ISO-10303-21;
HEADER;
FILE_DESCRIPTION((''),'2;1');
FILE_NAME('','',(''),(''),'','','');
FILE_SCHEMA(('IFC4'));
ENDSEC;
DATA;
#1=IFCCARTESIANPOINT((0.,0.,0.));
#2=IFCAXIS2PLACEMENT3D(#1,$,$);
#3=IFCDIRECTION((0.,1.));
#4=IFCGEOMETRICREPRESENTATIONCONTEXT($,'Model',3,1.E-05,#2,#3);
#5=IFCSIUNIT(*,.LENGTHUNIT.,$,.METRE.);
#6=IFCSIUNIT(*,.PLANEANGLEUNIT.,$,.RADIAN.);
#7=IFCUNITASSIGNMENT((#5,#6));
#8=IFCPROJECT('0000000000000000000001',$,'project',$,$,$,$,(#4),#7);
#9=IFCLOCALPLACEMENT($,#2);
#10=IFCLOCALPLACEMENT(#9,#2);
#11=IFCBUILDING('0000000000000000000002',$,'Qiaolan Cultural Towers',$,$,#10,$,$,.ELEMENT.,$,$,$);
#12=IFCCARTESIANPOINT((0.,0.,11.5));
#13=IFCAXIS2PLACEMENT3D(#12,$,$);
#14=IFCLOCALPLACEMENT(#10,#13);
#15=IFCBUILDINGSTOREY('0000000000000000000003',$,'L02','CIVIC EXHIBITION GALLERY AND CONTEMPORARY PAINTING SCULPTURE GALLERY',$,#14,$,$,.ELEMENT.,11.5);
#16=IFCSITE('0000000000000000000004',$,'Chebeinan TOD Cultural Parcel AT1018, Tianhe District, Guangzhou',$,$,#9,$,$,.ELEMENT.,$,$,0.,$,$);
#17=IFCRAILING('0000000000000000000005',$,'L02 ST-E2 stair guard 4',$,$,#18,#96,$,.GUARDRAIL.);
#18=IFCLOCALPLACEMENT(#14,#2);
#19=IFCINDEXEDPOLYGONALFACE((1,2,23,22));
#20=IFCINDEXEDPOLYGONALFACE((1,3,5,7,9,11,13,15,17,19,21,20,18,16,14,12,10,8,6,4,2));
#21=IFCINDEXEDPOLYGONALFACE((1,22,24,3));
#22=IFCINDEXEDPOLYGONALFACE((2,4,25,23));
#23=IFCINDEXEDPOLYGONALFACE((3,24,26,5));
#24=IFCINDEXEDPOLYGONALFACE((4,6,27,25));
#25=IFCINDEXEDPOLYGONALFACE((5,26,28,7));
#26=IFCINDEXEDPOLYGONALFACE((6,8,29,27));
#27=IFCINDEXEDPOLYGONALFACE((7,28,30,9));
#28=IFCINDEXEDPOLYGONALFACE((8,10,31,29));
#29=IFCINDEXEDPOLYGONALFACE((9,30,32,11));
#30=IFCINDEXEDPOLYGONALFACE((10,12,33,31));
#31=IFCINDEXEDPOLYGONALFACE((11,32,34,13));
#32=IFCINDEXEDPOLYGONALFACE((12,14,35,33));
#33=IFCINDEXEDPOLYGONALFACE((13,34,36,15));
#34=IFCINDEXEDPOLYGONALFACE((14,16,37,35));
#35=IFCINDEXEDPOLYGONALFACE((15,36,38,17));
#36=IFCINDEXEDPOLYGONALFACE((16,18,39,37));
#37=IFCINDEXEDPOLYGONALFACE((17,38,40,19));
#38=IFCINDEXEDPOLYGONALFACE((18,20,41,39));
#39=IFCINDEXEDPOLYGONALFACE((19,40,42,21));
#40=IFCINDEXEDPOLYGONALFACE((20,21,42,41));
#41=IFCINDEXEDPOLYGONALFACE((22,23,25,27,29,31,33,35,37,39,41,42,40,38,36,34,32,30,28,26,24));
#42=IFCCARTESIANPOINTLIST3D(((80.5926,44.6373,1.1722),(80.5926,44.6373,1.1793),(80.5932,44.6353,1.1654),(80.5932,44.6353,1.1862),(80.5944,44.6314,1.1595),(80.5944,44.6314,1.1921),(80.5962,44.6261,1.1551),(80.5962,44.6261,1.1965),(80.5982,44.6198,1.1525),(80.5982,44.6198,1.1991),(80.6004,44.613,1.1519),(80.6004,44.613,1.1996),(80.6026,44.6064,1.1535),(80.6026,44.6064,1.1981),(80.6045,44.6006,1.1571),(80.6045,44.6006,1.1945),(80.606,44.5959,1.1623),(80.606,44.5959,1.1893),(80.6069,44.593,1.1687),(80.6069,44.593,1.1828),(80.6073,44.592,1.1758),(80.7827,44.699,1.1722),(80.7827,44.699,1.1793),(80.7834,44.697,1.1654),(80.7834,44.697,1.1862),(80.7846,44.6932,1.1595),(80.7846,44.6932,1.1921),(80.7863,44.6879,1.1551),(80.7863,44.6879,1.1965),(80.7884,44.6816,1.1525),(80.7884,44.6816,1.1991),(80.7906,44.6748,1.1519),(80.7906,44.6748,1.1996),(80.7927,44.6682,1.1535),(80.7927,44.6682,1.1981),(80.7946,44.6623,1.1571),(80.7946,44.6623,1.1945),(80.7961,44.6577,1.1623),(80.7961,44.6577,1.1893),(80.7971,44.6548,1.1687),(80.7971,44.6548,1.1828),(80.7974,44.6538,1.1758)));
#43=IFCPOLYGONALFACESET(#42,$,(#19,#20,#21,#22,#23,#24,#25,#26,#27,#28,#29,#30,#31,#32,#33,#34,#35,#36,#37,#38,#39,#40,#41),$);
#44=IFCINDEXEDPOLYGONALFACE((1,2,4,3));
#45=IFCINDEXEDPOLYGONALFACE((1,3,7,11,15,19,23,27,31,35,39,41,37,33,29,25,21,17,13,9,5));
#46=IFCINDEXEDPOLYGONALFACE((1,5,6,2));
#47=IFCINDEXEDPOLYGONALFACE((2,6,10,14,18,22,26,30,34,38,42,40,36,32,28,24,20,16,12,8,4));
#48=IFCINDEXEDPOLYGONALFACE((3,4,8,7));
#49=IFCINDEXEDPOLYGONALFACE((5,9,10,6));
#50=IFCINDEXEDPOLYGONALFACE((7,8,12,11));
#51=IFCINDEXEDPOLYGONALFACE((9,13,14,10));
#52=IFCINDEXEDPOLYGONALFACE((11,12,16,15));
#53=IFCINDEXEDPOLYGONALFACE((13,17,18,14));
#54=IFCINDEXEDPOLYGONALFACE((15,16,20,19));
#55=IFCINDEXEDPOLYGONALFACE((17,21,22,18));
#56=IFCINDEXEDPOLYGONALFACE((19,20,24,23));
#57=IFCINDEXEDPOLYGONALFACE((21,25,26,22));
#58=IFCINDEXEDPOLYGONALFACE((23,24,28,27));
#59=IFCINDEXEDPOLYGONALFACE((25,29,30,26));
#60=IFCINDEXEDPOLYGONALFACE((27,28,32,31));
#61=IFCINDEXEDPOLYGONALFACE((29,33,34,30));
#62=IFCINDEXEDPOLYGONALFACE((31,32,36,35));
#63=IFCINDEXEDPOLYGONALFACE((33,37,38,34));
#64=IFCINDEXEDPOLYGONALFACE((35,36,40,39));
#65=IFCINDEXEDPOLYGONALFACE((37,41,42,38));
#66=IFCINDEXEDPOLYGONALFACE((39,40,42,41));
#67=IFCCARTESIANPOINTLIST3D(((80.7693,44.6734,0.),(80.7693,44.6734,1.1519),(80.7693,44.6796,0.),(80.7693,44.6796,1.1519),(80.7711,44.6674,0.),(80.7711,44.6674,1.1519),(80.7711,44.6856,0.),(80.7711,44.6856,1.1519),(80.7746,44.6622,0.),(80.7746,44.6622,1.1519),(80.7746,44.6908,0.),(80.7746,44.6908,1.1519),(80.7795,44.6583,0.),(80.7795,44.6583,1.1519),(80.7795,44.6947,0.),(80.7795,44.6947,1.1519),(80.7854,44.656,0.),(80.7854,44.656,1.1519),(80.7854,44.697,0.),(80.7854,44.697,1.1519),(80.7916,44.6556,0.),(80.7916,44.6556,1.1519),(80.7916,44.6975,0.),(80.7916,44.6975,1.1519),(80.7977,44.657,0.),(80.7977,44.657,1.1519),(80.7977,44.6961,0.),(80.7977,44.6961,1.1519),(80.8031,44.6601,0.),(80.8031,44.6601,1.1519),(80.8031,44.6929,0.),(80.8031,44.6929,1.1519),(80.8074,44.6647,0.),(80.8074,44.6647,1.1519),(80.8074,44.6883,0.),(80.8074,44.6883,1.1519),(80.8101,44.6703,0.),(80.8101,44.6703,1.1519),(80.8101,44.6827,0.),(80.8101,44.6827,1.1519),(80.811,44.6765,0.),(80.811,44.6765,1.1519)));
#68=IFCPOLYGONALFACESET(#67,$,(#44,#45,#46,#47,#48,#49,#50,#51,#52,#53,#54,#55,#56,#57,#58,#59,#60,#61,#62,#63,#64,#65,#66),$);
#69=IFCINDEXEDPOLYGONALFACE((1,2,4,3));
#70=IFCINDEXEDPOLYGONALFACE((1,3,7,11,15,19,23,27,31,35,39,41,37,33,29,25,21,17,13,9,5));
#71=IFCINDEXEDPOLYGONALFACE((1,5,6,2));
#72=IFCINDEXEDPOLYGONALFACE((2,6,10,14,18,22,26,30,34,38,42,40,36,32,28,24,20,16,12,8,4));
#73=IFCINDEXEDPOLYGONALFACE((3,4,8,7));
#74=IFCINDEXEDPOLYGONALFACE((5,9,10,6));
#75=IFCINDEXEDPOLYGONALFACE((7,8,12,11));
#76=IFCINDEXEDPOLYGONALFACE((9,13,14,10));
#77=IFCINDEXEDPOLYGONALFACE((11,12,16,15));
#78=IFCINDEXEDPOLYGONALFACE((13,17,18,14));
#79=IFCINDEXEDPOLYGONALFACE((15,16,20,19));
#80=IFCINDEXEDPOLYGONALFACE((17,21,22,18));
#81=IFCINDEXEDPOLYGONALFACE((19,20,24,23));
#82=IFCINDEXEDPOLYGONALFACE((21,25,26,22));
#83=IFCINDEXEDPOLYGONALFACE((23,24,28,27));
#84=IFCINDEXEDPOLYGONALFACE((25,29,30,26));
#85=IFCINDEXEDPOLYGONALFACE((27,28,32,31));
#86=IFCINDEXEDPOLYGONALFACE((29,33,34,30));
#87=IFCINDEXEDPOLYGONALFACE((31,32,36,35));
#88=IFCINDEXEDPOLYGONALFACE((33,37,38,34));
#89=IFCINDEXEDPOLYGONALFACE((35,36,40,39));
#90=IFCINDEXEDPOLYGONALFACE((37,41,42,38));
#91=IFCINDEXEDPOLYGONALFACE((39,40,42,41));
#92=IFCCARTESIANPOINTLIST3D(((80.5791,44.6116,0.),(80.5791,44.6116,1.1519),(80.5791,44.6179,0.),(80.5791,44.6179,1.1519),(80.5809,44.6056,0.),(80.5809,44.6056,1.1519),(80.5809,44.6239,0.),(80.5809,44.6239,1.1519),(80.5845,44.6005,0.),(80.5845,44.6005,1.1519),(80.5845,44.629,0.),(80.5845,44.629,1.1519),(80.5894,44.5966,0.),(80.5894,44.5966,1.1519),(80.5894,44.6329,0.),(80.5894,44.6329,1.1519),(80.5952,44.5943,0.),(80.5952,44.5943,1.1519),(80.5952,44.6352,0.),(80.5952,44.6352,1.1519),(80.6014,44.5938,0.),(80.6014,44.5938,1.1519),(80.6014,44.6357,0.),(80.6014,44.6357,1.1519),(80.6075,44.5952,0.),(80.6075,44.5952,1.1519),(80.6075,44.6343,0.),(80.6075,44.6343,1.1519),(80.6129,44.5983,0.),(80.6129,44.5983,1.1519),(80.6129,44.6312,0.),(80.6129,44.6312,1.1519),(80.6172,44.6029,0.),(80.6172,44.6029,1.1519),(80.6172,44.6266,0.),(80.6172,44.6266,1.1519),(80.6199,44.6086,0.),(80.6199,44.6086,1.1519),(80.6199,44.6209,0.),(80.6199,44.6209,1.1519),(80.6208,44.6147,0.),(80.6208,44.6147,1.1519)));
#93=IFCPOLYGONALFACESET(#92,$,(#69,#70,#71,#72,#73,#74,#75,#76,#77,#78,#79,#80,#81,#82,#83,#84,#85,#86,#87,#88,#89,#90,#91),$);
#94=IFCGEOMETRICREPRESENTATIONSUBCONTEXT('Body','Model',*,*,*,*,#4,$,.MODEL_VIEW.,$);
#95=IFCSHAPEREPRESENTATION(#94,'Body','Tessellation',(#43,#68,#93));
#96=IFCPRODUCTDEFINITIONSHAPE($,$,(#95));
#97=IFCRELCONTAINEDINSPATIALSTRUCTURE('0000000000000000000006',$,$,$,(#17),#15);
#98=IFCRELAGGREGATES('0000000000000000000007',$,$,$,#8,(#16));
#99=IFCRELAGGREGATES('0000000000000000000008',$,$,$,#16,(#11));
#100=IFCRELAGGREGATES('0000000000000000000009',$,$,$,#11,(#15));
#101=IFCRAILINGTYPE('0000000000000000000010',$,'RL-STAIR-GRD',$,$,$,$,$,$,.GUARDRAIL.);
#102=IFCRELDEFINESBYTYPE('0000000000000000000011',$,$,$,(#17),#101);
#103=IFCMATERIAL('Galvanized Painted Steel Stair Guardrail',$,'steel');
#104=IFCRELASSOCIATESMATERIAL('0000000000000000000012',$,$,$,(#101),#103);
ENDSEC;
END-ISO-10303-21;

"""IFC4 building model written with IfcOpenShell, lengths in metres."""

from ifc_helpers import new_model, si_unit, direction, frame, origin, origin_2d, place, context, subcontext, project, spatial, circle, extrude, material, type_object, element, save


model = new_model("IFC4")

# Units and contexts
model_context = context("Model", 3, precision=1e-05, world=origin(), true_north=direction((0.0, 1.0)))
body_context = subcontext(model_context, "Body", "Model", "MODEL_VIEW")
ifc_project = project(units=[si_unit("LENGTHUNIT", "METRE"), si_unit("PLANEANGLEUNIT", "RADIAN")], contexts=[model_context])

# Site, building, storey
site_placement = place(None, origin())
site = spatial("IfcSite", under=ifc_project, at=site_placement, Name="Chebeinan TOD Cultural Parcel AT1018, Tianhe District, Guangzhou", CompositionType="ELEMENT", RefElevation=0.0)
building_placement = place(site_placement, origin())
building = spatial("IfcBuilding", under=site, at=building_placement, Name="Qiaolan Cultural Towers", CompositionType="ELEMENT")
storey_placement = place(building_placement, frame((0.0, 0.0, 11.5)))
storey = spatial("IfcBuildingStorey", under=building, at=storey_placement, Name="L02", Description="CIVIC EXHIBITION GALLERY AND CONTEMPORARY PAINTING SCULPTURE GALLERY", CompositionType="ELEMENT", Elevation=11.5)

# Railing
ifc_material_1 = material(Name="Galvanized Painted Steel Stair Guardrail", Category="steel")
railing_type_1 = type_object("IfcRailingType", Name="RL-STAIR-GRD", PredefinedType="GUARDRAIL", material=ifc_material_1)
railing_1_placement = place(storey_placement, frame((80.79, 44.6765, 0.0)))
element("IfcRailing", 1, at=railing_1_placement, inside=storey, type_object=railing_type_1, Name="L02 ST-E2 stair guard 4", PredefinedType="GUARDRAIL", context=body_context, shape_type="SweptSolid", body=[
    extrude(circle(Radius=0.0239, at=origin_2d()), frame((0.0, 0.0, 1.1758), z_axis=(-0.951097, -0.308893, 0.0), x_axis=(0.308893, -0.951097, 0.0)), (0.0, 0.0, 1.0), 0.2),
    extrude(circle(Radius=0.021, at=origin_2d()), origin(), (0.0, 0.0, 1.0), 1.1519),
    extrude(circle(Radius=0.021, at=origin_2d()), frame((-0.1902, -0.0618, 0.0)), (0.0, 0.0, 1.0), 1.1519),
])

save(model, "model.ifc")
